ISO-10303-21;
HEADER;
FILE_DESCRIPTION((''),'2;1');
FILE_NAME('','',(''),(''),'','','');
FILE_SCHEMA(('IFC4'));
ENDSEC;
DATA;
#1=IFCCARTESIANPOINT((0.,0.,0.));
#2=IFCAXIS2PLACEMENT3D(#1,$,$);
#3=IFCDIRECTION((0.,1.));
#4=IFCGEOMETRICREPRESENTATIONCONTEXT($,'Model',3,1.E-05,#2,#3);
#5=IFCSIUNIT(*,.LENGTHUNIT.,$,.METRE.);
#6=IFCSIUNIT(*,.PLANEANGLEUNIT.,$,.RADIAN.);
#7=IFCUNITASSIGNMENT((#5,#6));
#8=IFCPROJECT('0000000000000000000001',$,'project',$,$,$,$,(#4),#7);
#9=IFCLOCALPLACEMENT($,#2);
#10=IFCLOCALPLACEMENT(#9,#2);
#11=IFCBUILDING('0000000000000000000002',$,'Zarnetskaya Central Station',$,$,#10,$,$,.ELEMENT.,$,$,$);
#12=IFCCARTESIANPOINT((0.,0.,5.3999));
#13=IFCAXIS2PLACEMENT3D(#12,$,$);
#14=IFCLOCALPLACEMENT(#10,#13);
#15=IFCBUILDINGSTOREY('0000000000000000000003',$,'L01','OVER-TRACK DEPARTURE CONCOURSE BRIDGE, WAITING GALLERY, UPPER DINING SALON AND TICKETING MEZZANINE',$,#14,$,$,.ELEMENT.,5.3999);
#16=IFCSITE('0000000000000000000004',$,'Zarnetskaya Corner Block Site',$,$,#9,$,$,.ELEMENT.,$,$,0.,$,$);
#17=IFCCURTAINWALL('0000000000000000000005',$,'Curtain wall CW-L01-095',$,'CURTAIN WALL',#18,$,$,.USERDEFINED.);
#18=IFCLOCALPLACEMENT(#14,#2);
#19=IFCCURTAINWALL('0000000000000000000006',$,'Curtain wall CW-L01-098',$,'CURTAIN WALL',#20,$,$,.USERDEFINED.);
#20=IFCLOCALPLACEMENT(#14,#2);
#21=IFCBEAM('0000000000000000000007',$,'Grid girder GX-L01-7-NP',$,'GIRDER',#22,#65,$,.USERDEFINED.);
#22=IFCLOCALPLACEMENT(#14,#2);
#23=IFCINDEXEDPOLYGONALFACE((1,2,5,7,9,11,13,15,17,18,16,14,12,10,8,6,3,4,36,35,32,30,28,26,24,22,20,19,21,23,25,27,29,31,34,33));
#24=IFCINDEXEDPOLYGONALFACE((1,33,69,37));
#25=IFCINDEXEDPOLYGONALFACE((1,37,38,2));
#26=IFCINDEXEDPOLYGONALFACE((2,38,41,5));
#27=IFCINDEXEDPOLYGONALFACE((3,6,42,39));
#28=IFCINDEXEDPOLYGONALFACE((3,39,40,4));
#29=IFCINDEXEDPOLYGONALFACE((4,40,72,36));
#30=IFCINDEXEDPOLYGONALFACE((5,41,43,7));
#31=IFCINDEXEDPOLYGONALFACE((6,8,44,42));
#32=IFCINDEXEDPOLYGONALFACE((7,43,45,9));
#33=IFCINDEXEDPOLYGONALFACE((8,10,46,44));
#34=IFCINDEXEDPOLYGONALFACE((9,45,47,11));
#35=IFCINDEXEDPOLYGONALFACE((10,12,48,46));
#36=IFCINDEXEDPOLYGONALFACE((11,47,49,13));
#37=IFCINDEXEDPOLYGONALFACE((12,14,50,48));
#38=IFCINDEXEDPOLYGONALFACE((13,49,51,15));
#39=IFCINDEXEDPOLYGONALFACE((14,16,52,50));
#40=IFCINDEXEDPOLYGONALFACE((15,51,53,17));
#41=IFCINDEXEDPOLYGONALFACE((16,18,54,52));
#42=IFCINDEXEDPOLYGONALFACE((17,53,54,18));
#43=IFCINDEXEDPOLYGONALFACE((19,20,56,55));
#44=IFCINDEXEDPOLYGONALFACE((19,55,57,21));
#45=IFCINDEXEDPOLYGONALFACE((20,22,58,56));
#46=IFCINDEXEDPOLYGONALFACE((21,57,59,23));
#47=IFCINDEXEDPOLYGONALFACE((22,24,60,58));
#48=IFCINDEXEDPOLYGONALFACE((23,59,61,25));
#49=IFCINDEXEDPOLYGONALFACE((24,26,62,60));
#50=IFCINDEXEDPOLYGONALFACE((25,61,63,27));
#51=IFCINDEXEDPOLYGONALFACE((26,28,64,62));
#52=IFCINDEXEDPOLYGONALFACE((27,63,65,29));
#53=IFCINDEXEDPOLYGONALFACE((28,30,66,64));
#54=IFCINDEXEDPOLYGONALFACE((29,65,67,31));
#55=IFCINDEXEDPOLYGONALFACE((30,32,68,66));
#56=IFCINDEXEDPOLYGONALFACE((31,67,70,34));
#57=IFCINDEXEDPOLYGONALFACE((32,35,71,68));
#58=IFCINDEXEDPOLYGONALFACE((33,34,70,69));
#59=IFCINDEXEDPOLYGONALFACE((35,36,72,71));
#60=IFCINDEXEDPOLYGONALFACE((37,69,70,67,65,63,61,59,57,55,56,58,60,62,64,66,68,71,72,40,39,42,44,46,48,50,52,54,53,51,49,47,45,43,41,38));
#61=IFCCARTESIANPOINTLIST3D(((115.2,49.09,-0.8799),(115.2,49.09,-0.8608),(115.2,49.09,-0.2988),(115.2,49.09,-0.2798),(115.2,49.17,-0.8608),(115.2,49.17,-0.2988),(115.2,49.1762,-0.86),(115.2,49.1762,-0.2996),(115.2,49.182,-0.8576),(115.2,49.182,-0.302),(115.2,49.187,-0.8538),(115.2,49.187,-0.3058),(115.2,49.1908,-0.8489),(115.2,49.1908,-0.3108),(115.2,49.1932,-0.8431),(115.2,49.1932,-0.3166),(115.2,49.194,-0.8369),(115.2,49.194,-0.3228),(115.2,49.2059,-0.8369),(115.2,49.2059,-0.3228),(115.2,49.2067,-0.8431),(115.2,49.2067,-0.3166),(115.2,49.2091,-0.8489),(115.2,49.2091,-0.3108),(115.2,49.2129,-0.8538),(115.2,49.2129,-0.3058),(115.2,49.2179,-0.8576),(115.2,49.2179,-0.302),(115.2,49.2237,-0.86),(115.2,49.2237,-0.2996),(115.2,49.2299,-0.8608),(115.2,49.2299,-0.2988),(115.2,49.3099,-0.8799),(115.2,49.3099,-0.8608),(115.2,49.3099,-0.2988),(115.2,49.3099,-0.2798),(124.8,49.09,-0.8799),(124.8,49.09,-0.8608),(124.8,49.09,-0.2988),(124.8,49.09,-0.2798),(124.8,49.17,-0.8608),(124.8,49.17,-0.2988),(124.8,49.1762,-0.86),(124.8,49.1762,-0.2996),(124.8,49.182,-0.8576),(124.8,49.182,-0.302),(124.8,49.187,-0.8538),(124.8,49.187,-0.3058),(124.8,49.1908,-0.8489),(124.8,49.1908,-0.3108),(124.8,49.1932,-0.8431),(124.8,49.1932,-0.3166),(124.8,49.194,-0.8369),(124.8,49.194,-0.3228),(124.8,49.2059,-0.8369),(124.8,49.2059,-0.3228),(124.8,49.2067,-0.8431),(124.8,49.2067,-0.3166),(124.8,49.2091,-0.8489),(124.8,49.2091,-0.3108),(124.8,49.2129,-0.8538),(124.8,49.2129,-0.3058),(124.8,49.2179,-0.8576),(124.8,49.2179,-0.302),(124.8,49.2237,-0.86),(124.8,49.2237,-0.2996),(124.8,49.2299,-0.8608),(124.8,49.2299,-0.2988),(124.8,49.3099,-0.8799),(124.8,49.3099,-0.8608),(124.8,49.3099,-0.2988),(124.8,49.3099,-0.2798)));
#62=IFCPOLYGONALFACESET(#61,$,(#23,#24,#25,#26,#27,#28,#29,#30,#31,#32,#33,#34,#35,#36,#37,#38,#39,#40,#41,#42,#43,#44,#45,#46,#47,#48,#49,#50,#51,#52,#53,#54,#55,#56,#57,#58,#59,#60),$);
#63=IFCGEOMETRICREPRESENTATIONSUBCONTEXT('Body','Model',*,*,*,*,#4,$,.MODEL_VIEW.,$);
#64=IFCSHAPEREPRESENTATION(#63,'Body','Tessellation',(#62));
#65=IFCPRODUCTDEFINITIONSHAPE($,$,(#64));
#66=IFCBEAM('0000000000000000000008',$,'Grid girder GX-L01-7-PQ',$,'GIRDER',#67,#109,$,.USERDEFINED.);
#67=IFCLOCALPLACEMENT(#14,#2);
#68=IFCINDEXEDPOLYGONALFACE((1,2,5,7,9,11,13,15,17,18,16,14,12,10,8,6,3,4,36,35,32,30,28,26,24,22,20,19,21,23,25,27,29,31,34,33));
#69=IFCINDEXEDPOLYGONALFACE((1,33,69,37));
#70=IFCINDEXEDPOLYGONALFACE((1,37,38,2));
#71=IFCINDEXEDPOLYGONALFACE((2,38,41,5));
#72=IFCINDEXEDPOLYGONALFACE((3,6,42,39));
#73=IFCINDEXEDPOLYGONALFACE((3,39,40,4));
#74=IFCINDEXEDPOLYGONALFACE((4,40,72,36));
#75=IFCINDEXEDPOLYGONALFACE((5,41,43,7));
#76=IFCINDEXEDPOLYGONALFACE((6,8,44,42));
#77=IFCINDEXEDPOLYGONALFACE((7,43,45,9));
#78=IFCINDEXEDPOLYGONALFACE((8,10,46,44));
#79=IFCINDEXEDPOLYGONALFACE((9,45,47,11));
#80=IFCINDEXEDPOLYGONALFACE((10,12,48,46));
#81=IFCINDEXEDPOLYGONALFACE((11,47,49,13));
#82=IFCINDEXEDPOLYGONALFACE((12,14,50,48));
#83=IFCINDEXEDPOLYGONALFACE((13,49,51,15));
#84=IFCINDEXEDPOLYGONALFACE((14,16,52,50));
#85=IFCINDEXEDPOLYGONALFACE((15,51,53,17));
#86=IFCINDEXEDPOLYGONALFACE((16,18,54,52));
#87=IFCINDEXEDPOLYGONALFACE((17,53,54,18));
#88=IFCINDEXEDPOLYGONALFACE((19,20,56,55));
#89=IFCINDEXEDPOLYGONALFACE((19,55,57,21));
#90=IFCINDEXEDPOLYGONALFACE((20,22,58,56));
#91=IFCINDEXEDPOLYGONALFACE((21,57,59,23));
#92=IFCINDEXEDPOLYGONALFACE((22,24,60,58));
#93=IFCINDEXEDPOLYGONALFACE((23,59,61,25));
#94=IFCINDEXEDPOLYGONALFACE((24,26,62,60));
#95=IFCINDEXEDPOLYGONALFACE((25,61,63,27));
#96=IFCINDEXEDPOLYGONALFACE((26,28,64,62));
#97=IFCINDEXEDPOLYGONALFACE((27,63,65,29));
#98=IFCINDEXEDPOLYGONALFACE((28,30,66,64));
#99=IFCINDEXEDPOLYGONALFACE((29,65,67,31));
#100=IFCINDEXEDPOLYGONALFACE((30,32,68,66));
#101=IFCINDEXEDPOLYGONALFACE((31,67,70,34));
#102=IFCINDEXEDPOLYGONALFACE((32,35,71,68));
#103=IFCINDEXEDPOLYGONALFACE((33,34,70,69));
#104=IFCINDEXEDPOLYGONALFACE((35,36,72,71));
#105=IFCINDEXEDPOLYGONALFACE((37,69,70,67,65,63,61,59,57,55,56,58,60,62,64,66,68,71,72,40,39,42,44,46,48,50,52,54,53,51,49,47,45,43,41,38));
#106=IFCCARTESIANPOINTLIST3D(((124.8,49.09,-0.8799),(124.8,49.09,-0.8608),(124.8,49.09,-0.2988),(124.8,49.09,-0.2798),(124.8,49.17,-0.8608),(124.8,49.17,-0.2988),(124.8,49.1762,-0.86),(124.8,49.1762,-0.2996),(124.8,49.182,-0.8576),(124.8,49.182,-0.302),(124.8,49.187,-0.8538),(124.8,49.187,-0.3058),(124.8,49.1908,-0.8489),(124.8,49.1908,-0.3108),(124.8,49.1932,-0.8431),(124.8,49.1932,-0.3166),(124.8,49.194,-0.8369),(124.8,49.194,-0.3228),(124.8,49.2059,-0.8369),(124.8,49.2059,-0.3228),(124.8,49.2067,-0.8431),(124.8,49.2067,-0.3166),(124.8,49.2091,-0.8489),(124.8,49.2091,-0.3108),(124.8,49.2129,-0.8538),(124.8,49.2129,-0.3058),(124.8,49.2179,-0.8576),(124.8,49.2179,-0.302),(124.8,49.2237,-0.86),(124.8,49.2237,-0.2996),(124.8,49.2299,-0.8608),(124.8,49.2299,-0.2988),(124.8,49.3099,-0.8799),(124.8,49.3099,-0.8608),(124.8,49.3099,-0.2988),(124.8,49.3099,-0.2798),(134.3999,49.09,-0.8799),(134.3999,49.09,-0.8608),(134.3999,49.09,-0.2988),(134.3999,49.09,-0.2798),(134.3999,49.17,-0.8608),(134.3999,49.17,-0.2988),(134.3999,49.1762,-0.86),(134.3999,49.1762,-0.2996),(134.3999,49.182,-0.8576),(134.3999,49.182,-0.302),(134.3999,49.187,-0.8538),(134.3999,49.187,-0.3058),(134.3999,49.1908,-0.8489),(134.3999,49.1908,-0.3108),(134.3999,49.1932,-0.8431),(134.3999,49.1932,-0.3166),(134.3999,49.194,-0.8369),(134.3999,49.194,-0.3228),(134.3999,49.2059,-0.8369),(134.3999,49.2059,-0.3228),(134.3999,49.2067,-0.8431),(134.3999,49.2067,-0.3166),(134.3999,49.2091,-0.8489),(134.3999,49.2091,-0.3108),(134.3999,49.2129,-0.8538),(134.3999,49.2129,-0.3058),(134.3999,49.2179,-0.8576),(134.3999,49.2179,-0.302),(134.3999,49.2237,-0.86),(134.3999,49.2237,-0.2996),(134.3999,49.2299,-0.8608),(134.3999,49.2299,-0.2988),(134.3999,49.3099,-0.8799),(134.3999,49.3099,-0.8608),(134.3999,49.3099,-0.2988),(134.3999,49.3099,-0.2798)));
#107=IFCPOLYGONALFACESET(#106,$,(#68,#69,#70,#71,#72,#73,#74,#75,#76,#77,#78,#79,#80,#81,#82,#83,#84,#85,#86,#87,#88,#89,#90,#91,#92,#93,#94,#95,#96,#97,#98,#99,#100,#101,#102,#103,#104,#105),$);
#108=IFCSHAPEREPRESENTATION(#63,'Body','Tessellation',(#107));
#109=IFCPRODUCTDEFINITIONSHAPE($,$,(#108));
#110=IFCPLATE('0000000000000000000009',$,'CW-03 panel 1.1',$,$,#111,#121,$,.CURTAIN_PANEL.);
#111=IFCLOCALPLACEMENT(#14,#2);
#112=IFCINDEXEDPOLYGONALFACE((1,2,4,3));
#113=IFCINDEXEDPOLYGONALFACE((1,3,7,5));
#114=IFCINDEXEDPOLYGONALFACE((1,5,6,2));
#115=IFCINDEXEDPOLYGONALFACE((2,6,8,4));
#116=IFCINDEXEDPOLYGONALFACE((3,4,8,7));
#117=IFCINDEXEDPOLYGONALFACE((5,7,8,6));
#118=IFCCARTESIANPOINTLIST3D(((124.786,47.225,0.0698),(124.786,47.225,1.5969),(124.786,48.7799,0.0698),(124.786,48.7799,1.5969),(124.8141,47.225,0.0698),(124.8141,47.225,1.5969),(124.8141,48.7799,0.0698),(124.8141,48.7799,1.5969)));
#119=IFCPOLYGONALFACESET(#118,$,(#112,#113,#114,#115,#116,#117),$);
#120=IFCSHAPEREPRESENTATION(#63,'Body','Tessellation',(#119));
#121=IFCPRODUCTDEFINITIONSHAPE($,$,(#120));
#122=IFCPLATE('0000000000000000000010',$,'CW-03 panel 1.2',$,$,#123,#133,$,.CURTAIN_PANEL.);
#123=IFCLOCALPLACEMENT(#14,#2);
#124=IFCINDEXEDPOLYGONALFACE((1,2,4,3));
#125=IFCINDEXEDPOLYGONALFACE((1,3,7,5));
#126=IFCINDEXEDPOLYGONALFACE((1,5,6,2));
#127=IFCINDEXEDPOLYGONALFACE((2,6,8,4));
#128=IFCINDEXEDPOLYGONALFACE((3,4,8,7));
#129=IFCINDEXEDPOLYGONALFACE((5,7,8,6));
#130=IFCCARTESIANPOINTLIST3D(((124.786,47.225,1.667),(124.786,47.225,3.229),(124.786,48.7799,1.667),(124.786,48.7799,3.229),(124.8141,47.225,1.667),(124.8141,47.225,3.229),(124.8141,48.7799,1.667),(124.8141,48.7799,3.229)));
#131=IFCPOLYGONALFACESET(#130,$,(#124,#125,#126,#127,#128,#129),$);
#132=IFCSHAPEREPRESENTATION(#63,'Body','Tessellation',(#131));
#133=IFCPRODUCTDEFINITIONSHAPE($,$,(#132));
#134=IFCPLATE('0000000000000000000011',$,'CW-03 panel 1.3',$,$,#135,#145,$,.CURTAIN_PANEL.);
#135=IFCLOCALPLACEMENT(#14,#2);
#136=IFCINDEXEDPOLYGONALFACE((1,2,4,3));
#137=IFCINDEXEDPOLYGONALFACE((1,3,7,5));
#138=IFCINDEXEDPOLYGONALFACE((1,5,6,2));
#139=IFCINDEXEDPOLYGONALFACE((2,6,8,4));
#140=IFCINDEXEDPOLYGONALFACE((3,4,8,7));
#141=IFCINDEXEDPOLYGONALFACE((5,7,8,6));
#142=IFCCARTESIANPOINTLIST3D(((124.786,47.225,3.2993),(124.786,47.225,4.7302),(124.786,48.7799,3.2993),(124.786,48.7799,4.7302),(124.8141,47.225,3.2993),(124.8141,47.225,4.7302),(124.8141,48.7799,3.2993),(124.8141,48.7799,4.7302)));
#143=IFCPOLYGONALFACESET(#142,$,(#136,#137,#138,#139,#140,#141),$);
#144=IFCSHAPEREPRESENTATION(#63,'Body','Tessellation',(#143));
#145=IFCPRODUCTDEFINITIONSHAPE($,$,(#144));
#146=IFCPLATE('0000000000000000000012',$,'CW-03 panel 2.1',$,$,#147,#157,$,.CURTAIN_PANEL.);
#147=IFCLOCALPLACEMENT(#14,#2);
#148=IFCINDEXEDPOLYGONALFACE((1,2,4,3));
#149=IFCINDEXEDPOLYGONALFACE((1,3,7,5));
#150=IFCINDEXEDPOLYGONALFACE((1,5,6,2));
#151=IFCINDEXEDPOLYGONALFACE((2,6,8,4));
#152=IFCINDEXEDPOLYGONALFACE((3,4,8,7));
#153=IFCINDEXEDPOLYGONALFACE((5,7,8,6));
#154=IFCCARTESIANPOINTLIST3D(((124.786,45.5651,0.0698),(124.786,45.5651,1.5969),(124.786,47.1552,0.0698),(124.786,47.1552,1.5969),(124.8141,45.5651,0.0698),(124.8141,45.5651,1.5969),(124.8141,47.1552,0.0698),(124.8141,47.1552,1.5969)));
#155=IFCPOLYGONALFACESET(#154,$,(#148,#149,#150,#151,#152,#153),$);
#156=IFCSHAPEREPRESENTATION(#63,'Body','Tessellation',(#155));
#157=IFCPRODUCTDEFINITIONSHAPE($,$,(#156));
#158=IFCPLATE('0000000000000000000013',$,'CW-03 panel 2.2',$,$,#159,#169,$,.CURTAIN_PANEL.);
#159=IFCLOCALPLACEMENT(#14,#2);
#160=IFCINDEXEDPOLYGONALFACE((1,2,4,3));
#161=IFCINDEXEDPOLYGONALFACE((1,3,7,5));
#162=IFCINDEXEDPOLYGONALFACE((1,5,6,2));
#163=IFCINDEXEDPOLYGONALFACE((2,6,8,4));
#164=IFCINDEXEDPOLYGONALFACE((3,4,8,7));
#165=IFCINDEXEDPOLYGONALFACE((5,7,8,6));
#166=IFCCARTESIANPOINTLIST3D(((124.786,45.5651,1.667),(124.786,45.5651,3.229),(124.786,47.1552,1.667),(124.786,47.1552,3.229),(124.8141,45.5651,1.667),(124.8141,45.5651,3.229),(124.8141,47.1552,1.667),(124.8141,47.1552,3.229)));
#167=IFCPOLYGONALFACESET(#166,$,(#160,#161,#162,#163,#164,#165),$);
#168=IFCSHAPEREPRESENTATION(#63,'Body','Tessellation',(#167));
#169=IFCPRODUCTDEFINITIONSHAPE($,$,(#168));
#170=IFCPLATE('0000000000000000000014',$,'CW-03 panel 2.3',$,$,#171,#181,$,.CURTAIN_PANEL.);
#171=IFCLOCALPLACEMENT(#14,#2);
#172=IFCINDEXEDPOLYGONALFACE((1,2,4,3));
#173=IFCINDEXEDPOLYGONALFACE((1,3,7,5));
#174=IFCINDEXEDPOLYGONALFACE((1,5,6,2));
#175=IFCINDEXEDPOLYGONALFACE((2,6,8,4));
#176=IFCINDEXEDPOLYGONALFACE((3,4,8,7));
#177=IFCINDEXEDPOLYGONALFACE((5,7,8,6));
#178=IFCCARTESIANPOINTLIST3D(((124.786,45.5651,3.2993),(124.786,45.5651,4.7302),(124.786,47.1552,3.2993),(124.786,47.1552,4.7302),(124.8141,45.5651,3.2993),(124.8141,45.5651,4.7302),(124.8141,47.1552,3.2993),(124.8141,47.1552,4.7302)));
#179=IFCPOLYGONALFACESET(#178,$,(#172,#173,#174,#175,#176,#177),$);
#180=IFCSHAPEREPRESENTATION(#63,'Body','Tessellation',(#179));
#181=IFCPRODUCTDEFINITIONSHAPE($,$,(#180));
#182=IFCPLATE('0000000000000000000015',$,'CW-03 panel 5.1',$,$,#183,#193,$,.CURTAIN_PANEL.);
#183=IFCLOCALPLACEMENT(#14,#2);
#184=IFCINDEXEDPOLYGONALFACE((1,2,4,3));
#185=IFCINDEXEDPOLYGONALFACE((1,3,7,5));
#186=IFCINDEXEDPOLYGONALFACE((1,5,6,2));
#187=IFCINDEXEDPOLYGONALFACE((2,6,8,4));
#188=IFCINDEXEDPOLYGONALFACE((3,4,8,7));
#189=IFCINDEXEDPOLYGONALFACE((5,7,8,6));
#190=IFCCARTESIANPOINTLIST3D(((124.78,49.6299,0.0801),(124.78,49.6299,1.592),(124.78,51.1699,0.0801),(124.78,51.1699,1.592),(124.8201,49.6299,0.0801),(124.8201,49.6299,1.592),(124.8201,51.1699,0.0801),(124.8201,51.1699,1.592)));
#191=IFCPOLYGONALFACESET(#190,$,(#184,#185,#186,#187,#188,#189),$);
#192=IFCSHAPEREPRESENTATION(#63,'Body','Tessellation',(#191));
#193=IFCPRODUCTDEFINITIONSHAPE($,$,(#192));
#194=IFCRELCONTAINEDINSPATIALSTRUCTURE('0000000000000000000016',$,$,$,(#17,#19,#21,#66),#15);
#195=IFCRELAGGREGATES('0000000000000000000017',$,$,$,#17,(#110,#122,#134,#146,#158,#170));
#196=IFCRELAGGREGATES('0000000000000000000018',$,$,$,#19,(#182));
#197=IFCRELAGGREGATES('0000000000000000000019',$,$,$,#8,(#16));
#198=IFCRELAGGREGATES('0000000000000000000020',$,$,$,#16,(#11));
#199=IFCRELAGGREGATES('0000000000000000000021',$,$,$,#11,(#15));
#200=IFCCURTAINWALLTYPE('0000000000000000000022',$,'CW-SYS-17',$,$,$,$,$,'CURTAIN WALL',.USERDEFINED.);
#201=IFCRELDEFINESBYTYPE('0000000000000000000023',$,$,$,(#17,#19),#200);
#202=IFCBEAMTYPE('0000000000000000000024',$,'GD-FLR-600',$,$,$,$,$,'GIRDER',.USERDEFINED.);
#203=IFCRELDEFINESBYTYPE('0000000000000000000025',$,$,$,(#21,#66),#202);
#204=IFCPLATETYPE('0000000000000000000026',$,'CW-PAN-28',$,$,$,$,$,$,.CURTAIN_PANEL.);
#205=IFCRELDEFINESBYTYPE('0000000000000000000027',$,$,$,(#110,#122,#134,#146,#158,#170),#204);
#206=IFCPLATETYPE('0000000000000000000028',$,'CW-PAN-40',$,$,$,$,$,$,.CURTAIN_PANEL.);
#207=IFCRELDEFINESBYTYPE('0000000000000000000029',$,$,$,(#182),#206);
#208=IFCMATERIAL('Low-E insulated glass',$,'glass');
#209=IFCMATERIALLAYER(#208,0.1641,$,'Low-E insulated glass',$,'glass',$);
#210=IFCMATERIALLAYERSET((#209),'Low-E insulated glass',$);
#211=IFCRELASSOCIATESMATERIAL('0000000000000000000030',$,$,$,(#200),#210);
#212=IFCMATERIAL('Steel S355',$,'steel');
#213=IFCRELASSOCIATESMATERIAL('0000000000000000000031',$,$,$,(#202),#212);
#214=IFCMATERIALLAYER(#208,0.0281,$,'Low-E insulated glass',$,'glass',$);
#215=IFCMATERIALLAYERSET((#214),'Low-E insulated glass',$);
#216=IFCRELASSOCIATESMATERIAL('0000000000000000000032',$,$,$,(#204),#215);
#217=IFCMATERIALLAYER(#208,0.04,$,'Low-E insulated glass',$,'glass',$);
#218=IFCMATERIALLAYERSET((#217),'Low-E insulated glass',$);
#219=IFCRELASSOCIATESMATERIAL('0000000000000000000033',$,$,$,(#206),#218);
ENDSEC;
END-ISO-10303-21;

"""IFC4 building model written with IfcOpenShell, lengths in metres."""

from ifc_helpers import new_model, si_unit, direction, frame, origin, origin_2d, place, context, subcontext, project, spatial, rectangle, i_section, extrude, material, layer, layer_set, material_profile, profile_set, type_object, element, aggregate, save


model = new_model("IFC4")

# Units and contexts
model_context = context("Model", 3, precision=1e-05, world=origin(), true_north=direction((0.0, 1.0)))
body_context = subcontext(model_context, "Body", "Model", "MODEL_VIEW")
ifc_project = project(units=[si_unit("LENGTHUNIT", "METRE"), si_unit("PLANEANGLEUNIT", "RADIAN")], contexts=[model_context])

# Site, building, storey
site_placement = place(None, origin())
site = spatial("IfcSite", under=ifc_project, at=site_placement, Name="Zarnetskaya Corner Block Site", CompositionType="ELEMENT", RefElevation=0.0)
building_placement = place(site_placement, origin())
building = spatial("IfcBuilding", under=site, at=building_placement, Name="Zarnetskaya Central Station", CompositionType="ELEMENT")
storey_placement = place(building_placement, frame((0.0, 0.0, 5.3999)))
storey = spatial("IfcBuildingStorey", under=building, at=storey_placement, Name="L01", Description="OVER-TRACK DEPARTURE CONCOURSE BRIDGE, WAITING GALLERY, UPPER DINING SALON AND TICKETING MEZZANINE", CompositionType="ELEMENT", Elevation=5.3999)

# Shared definitions
ifc_material_1 = material(Name="Steel S355", Category="steel")

# Curtain wall
ifc_material_2 = material(Name="Low-E insulated glass", Category="glass")
ifc_layer_1 = layer(ifc_material_2, 0.1641, Name="Low-E insulated glass", Category="glass")
ifc_layer_set_1 = layer_set([ifc_layer_1], Name="Low-E insulated glass")
curtain_wall_type = type_object("IfcCurtainWallType", Name="CW-SYS-17", ElementType="CURTAIN WALL", PredefinedType="USERDEFINED", material=ifc_layer_set_1)
curtain_wall_1_placement = place(storey_placement, origin())
curtain_wall_1 = element("IfcCurtainWall", 1, at=curtain_wall_1_placement, inside=storey, type_object=curtain_wall_type, Name="Curtain wall CW-L01-095", ObjectType="CURTAIN WALL", PredefinedType="USERDEFINED")

# Curtain wall
curtain_wall_2_placement = place(storey_placement, origin())
curtain_wall_2 = element("IfcCurtainWall", 2, at=curtain_wall_2_placement, inside=storey, type_object=curtain_wall_type, Name="Curtain wall CW-L01-098", ObjectType="CURTAIN WALL", PredefinedType="USERDEFINED")

# Beams
ifc_material_profile_1 = material_profile(ifc_material_1, i_section(OverallWidth=0.22, OverallDepth=0.6001, WebThickness=0.012, FlangeThickness=0.019, FilletRadius=0.0239, at=origin_2d()), Name="IPE 600")
ifc_profile_set_1 = profile_set([ifc_material_profile_1], Name="Steel S355")
beam_type_1 = type_object("IfcBeamType", Name="GD-FLR-600", ElementType="GIRDER", PredefinedType="USERDEFINED", material=ifc_profile_set_1)
beam_1_placement = place(storey_placement, frame((115.2, 49.2, -0.5798), z_axis=(1.0, 0.0, 0.0), x_axis=(0.0, 1.0, 0.0)))
element("IfcBeam", 3, at=beam_1_placement, inside=storey, type_object=beam_type_1, Name="Grid girder GX-L01-7-NP", ObjectType="GIRDER", PredefinedType="USERDEFINED", context=body_context, shape_type="SweptSolid", body=[
    extrude(i_section(OverallWidth=0.22, OverallDepth=0.6001, WebThickness=0.012, FlangeThickness=0.019, FilletRadius=0.0239, at=origin_2d()), origin(), (0.0, 0.0, 1.0), 9.6001),
])
beam_2_placement = place(storey_placement, frame((124.8, 49.2, -0.5798), z_axis=(1.0, 0.0, 0.0), x_axis=(0.0, 1.0, 0.0)))
element("IfcBeam", 4, at=beam_2_placement, inside=storey, type_object=beam_type_1, Name="Grid girder GX-L01-7-PQ", ObjectType="GIRDER", PredefinedType="USERDEFINED", context=body_context, shape_type="SweptSolid", body=[
    extrude(i_section(OverallWidth=0.22, OverallDepth=0.6001, WebThickness=0.012, FlangeThickness=0.019, FilletRadius=0.0239, at=origin_2d()), origin(), (0.0, 0.0, 1.0), 9.5999),
])

# Plates
ifc_layer_2 = layer(ifc_material_2, 0.0281, Name="Low-E insulated glass", Category="glass")
ifc_layer_set_2 = layer_set([ifc_layer_2], Name="Low-E insulated glass")
plate_type_1 = type_object("IfcPlateType", Name="CW-PAN-28", PredefinedType="CURTAIN_PANEL", material=ifc_layer_set_2)
plate_1_placement = place(storey_placement, frame((124.8, 48.0024, 0.0698), z_axis=(0.0, 0.0, 1.0), x_axis=(0.0, -1.0, 0.0)))
plate_1 = element("IfcPlate", 5, at=plate_1_placement, type_object=plate_type_1, Name="CW-03 panel 1.1", PredefinedType="CURTAIN_PANEL", context=body_context, shape_type="SweptSolid", body=[
    extrude(rectangle(XDim=1.5549, YDim=0.0281, at=origin_2d()), origin(), (0.0, 0.0, 1.0), 1.5271),
])
plate_2_placement = place(storey_placement, frame((124.8, 48.0024, 1.667), z_axis=(0.0, 0.0, 1.0), x_axis=(0.0, -1.0, 0.0)))
plate_2 = element("IfcPlate", 6, at=plate_2_placement, type_object=plate_type_1, Name="CW-03 panel 1.2", PredefinedType="CURTAIN_PANEL", context=body_context, shape_type="SweptSolid", body=[
    extrude(rectangle(XDim=1.5549, YDim=0.0281, at=origin_2d()), origin(), (0.0, 0.0, 1.0), 1.562),
])
plate_3_placement = place(storey_placement, frame((124.8, 48.0024, 3.2993), z_axis=(0.0, 0.0, 1.0), x_axis=(0.0, -1.0, 0.0)))
plate_3 = element("IfcPlate", 7, at=plate_3_placement, type_object=plate_type_1, Name="CW-03 panel 1.3", PredefinedType="CURTAIN_PANEL", context=body_context, shape_type="SweptSolid", body=[
    extrude(rectangle(XDim=1.5549, YDim=0.0281, at=origin_2d()), origin(), (0.0, 0.0, 1.0), 1.4309),
])
plate_4_placement = place(storey_placement, frame((124.8, 46.3601, 0.0698), z_axis=(0.0, 0.0, 1.0), x_axis=(0.0, -1.0, 0.0)))
plate_4 = element("IfcPlate", 8, at=plate_4_placement, type_object=plate_type_1, Name="CW-03 panel 2.1", PredefinedType="CURTAIN_PANEL", context=body_context, shape_type="SweptSolid", body=[
    extrude(rectangle(XDim=1.5901, YDim=0.0281, at=origin_2d()), origin(), (0.0, 0.0, 1.0), 1.5271),
])
plate_5_placement = place(storey_placement, frame((124.8, 46.3601, 1.667), z_axis=(0.0, 0.0, 1.0), x_axis=(0.0, -1.0, 0.0)))
plate_5 = element("IfcPlate", 9, at=plate_5_placement, type_object=plate_type_1, Name="CW-03 panel 2.2", PredefinedType="CURTAIN_PANEL", context=body_context, shape_type="SweptSolid", body=[
    extrude(rectangle(XDim=1.5901, YDim=0.0281, at=origin_2d()), origin(), (0.0, 0.0, 1.0), 1.562),
])
plate_6_placement = place(storey_placement, frame((124.8, 46.3601, 3.2993), z_axis=(0.0, 0.0, 1.0), x_axis=(0.0, -1.0, 0.0)))
plate_6 = element("IfcPlate", 10, at=plate_6_placement, type_object=plate_type_1, Name="CW-03 panel 2.3", PredefinedType="CURTAIN_PANEL", context=body_context, shape_type="SweptSolid", body=[
    extrude(rectangle(XDim=1.5901, YDim=0.0281, at=origin_2d()), origin(), (0.0, 0.0, 1.0), 1.4309),
])
aggregate(curtain_wall_1, [plate_1, plate_2, plate_3, plate_4, plate_5, plate_6])
ifc_layer_3 = layer(ifc_material_2, 0.04, Name="Low-E insulated glass", Category="glass")
ifc_layer_set_3 = layer_set([ifc_layer_3], Name="Low-E insulated glass")
plate_type_2 = type_object("IfcPlateType", Name="CW-PAN-40", PredefinedType="CURTAIN_PANEL", material=ifc_layer_set_3)
plate_7_placement = place(storey_placement, frame((124.8, 50.3999, 0.0801), z_axis=(0.0, 0.0, 1.0), x_axis=(0.0, -1.0, 0.0)))
plate_7 = element("IfcPlate", 11, at=plate_7_placement, type_object=plate_type_2, Name="CW-03 panel 5.1", PredefinedType="CURTAIN_PANEL", context=body_context, shape_type="SweptSolid", body=[
    extrude(rectangle(XDim=1.54, YDim=0.04, at=origin_2d()), origin(), (0.0, 0.0, 1.0), 1.512),
])
aggregate(curtain_wall_2, [plate_7])

save(model, "model.ifc")
